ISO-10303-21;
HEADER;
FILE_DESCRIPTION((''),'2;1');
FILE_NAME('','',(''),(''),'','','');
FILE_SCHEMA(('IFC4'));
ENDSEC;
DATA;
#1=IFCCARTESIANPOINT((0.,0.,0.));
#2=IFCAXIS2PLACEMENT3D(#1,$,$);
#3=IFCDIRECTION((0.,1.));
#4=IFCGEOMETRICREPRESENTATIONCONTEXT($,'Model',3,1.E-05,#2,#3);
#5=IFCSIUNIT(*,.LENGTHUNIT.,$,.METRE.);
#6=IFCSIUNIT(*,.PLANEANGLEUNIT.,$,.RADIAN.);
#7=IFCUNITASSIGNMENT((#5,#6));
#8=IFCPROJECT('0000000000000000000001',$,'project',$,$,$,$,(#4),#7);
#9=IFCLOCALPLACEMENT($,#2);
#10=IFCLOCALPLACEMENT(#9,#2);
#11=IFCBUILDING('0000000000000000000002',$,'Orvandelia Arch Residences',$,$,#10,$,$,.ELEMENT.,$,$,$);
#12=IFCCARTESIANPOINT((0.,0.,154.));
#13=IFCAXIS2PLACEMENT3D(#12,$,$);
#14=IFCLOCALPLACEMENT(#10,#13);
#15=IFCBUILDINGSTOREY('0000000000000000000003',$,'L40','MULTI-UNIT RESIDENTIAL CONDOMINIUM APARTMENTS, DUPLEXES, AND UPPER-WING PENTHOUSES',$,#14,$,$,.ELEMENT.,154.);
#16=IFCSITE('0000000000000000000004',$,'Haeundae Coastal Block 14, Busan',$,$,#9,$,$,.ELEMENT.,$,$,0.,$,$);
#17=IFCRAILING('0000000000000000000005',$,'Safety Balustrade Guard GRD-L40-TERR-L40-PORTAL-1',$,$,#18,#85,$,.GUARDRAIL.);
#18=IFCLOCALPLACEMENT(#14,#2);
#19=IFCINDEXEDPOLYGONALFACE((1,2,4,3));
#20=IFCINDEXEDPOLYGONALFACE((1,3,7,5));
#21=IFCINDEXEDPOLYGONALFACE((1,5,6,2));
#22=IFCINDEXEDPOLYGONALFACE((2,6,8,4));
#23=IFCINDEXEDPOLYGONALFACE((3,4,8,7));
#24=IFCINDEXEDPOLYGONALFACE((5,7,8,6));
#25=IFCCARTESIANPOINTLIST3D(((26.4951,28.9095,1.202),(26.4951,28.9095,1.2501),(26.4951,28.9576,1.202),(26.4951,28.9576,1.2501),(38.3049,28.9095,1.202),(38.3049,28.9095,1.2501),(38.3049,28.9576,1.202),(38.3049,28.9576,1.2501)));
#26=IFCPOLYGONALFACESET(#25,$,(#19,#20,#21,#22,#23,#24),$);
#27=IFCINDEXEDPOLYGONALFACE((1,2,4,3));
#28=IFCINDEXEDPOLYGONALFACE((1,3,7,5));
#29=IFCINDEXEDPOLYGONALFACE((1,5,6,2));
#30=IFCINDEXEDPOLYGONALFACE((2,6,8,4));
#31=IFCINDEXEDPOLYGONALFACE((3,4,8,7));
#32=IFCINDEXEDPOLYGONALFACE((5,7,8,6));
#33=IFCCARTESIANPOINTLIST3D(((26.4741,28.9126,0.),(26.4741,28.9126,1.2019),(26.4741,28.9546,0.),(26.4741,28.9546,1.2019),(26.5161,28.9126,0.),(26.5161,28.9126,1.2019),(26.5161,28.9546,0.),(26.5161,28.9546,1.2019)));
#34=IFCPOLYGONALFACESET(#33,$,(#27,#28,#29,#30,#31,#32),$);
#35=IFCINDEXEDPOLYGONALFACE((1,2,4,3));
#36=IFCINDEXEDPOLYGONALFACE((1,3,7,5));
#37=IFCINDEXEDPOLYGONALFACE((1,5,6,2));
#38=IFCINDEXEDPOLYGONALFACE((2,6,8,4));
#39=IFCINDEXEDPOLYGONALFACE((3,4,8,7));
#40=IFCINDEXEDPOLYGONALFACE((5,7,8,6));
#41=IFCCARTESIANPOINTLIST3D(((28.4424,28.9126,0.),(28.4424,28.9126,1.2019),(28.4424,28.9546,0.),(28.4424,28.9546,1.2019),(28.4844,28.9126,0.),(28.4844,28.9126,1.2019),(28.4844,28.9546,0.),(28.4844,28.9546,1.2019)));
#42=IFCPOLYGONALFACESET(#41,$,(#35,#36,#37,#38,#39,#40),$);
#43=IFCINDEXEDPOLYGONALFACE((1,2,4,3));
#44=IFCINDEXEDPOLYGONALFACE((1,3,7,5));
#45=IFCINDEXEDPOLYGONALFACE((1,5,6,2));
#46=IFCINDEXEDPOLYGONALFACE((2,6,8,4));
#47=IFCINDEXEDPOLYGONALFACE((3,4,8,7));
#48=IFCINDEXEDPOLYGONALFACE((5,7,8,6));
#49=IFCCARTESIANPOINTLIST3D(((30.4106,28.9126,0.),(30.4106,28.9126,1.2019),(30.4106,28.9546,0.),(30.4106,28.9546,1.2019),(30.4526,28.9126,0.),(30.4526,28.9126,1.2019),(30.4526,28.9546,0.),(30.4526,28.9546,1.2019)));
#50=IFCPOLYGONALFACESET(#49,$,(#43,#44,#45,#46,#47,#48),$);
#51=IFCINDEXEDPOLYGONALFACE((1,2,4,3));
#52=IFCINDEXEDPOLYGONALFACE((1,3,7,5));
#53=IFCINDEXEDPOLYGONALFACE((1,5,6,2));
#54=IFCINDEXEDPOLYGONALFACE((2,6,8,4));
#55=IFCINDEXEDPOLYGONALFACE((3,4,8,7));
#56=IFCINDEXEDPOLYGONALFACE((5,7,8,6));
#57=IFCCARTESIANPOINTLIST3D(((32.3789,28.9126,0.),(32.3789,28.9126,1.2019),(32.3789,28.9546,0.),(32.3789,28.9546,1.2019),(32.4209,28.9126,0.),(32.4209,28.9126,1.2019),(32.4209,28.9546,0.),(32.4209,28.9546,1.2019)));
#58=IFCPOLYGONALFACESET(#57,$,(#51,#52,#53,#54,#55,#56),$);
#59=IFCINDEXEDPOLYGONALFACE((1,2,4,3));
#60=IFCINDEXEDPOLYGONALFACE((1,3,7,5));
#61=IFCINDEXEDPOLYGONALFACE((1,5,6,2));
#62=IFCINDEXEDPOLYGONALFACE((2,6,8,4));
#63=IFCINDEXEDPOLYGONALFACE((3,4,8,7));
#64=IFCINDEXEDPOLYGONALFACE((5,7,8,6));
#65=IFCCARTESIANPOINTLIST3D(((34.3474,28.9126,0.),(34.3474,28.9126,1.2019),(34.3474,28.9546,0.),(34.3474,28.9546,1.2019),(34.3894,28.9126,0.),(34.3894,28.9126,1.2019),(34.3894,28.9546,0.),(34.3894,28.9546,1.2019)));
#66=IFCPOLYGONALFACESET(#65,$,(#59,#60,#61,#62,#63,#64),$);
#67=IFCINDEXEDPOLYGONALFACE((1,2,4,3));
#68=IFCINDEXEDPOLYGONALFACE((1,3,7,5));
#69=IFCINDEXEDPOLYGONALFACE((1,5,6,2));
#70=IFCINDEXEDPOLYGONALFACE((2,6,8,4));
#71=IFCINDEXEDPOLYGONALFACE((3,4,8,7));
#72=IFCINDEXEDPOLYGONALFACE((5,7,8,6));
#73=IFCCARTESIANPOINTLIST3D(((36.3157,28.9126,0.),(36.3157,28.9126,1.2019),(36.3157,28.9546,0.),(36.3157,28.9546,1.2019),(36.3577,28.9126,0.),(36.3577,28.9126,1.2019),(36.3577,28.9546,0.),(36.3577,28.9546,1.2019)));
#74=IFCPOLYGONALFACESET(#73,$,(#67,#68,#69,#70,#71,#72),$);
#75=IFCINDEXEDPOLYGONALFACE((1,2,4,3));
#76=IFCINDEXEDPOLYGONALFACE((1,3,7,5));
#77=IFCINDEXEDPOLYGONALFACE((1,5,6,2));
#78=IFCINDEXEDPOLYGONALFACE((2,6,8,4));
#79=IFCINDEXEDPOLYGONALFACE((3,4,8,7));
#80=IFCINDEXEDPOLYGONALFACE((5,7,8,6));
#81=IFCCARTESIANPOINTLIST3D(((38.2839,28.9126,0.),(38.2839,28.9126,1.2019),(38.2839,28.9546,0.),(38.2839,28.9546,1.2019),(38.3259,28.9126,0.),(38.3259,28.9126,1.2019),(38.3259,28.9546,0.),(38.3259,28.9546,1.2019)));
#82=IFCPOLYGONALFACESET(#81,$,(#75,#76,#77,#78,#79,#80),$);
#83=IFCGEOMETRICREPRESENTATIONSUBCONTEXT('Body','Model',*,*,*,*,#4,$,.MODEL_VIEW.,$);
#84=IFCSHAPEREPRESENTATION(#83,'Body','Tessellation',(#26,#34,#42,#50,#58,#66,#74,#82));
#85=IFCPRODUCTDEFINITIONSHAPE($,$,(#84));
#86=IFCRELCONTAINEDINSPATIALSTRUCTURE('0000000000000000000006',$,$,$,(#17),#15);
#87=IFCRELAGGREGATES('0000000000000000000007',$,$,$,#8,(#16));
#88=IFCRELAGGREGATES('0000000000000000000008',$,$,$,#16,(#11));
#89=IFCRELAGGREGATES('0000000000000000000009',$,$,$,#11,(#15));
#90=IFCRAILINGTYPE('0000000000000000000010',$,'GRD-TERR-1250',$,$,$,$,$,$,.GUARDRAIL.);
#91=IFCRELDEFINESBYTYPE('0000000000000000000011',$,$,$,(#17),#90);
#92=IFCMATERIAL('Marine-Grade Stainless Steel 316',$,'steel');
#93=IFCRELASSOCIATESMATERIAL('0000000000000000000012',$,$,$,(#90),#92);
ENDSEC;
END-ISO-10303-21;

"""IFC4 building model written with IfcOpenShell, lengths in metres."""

from ifc_helpers import new_model, si_unit, direction, frame, origin, origin_2d, place, context, subcontext, project, spatial, rectangle, extrude, material, type_object, element, save


model = new_model("IFC4")

# Units and contexts
model_context = context("Model", 3, precision=1e-05, world=origin(), true_north=direction((0.0, 1.0)))
body_context = subcontext(model_context, "Body", "Model", "MODEL_VIEW")
ifc_project = project(units=[si_unit("LENGTHUNIT", "METRE"), si_unit("PLANEANGLEUNIT", "RADIAN")], contexts=[model_context])

# Site, building, storey
site_placement = place(None, origin())
site = spatial("IfcSite", under=ifc_project, at=site_placement, Name="Haeundae Coastal Block 14, Busan", CompositionType="ELEMENT", RefElevation=0.0)
building_placement = place(site_placement, origin())
building = spatial("IfcBuilding", under=site, at=building_placement, Name="Orvandelia Arch Residences", CompositionType="ELEMENT")
storey_placement = place(building_placement, frame((0.0, 0.0, 154.0)))
storey = spatial("IfcBuildingStorey", under=building, at=storey_placement, Name="L40", Description="MULTI-UNIT RESIDENTIAL CONDOMINIUM APARTMENTS, DUPLEXES, AND UPPER-WING PENTHOUSES", CompositionType="ELEMENT", Elevation=154.0)

# Railing
ifc_material_1 = material(Name="Marine-Grade Stainless Steel 316", Category="steel")
railing_type = type_object("IfcRailingType", Name="GRD-TERR-1250", PredefinedType="GUARDRAIL", material=ifc_material_1)
railing_placement = place(storey_placement, frame((26.4951, 28.9336, 0.0)))
element("IfcRailing", 1, at=railing_placement, inside=storey, type_object=railing_type, Name="Safety Balustrade Guard GRD-L40-TERR-L40-PORTAL-1", PredefinedType="GUARDRAIL", context=body_context, shape_type="SweptSolid", body=[
    extrude(rectangle(XDim=0.0481, YDim=0.0481, at=origin_2d()), frame((0.0, 0.0, 1.2261), z_axis=(1.0, 0.0, 0.0), x_axis=(0.0, 1.0, 0.0)), (0.0, 0.0, 1.0), 11.8098),
    extrude(rectangle(XDim=0.042, YDim=0.042, at=origin_2d()), origin(), (0.0, 0.0, 1.0), 1.2019),
    extrude(rectangle(XDim=0.042, YDim=0.042, at=origin_2d()), frame((1.9683, 0.0, 0.0)), (0.0, 0.0, 1.0), 1.2019),
    extrude(rectangle(XDim=0.042, YDim=0.042, at=origin_2d()), frame((3.9365, 0.0, 0.0)), (0.0, 0.0, 1.0), 1.2019),
    extrude(rectangle(XDim=0.042, YDim=0.042, at=origin_2d()), frame((5.9048, 0.0, 0.0)), (0.0, 0.0, 1.0), 1.2019),
    extrude(rectangle(XDim=0.042, YDim=0.042, at=origin_2d()), frame((7.8733, 0.0, 0.0)), (0.0, 0.0, 1.0), 1.2019),
    extrude(rectangle(XDim=0.042, YDim=0.042, at=origin_2d()), frame((9.8416, 0.0, 0.0)), (0.0, 0.0, 1.0), 1.2019),
    extrude(rectangle(XDim=0.042, YDim=0.042, at=origin_2d()), frame((11.8098, 0.0, 0.0)), (0.0, 0.0, 1.0), 1.2019),
])

save(model, "model.ifc")
